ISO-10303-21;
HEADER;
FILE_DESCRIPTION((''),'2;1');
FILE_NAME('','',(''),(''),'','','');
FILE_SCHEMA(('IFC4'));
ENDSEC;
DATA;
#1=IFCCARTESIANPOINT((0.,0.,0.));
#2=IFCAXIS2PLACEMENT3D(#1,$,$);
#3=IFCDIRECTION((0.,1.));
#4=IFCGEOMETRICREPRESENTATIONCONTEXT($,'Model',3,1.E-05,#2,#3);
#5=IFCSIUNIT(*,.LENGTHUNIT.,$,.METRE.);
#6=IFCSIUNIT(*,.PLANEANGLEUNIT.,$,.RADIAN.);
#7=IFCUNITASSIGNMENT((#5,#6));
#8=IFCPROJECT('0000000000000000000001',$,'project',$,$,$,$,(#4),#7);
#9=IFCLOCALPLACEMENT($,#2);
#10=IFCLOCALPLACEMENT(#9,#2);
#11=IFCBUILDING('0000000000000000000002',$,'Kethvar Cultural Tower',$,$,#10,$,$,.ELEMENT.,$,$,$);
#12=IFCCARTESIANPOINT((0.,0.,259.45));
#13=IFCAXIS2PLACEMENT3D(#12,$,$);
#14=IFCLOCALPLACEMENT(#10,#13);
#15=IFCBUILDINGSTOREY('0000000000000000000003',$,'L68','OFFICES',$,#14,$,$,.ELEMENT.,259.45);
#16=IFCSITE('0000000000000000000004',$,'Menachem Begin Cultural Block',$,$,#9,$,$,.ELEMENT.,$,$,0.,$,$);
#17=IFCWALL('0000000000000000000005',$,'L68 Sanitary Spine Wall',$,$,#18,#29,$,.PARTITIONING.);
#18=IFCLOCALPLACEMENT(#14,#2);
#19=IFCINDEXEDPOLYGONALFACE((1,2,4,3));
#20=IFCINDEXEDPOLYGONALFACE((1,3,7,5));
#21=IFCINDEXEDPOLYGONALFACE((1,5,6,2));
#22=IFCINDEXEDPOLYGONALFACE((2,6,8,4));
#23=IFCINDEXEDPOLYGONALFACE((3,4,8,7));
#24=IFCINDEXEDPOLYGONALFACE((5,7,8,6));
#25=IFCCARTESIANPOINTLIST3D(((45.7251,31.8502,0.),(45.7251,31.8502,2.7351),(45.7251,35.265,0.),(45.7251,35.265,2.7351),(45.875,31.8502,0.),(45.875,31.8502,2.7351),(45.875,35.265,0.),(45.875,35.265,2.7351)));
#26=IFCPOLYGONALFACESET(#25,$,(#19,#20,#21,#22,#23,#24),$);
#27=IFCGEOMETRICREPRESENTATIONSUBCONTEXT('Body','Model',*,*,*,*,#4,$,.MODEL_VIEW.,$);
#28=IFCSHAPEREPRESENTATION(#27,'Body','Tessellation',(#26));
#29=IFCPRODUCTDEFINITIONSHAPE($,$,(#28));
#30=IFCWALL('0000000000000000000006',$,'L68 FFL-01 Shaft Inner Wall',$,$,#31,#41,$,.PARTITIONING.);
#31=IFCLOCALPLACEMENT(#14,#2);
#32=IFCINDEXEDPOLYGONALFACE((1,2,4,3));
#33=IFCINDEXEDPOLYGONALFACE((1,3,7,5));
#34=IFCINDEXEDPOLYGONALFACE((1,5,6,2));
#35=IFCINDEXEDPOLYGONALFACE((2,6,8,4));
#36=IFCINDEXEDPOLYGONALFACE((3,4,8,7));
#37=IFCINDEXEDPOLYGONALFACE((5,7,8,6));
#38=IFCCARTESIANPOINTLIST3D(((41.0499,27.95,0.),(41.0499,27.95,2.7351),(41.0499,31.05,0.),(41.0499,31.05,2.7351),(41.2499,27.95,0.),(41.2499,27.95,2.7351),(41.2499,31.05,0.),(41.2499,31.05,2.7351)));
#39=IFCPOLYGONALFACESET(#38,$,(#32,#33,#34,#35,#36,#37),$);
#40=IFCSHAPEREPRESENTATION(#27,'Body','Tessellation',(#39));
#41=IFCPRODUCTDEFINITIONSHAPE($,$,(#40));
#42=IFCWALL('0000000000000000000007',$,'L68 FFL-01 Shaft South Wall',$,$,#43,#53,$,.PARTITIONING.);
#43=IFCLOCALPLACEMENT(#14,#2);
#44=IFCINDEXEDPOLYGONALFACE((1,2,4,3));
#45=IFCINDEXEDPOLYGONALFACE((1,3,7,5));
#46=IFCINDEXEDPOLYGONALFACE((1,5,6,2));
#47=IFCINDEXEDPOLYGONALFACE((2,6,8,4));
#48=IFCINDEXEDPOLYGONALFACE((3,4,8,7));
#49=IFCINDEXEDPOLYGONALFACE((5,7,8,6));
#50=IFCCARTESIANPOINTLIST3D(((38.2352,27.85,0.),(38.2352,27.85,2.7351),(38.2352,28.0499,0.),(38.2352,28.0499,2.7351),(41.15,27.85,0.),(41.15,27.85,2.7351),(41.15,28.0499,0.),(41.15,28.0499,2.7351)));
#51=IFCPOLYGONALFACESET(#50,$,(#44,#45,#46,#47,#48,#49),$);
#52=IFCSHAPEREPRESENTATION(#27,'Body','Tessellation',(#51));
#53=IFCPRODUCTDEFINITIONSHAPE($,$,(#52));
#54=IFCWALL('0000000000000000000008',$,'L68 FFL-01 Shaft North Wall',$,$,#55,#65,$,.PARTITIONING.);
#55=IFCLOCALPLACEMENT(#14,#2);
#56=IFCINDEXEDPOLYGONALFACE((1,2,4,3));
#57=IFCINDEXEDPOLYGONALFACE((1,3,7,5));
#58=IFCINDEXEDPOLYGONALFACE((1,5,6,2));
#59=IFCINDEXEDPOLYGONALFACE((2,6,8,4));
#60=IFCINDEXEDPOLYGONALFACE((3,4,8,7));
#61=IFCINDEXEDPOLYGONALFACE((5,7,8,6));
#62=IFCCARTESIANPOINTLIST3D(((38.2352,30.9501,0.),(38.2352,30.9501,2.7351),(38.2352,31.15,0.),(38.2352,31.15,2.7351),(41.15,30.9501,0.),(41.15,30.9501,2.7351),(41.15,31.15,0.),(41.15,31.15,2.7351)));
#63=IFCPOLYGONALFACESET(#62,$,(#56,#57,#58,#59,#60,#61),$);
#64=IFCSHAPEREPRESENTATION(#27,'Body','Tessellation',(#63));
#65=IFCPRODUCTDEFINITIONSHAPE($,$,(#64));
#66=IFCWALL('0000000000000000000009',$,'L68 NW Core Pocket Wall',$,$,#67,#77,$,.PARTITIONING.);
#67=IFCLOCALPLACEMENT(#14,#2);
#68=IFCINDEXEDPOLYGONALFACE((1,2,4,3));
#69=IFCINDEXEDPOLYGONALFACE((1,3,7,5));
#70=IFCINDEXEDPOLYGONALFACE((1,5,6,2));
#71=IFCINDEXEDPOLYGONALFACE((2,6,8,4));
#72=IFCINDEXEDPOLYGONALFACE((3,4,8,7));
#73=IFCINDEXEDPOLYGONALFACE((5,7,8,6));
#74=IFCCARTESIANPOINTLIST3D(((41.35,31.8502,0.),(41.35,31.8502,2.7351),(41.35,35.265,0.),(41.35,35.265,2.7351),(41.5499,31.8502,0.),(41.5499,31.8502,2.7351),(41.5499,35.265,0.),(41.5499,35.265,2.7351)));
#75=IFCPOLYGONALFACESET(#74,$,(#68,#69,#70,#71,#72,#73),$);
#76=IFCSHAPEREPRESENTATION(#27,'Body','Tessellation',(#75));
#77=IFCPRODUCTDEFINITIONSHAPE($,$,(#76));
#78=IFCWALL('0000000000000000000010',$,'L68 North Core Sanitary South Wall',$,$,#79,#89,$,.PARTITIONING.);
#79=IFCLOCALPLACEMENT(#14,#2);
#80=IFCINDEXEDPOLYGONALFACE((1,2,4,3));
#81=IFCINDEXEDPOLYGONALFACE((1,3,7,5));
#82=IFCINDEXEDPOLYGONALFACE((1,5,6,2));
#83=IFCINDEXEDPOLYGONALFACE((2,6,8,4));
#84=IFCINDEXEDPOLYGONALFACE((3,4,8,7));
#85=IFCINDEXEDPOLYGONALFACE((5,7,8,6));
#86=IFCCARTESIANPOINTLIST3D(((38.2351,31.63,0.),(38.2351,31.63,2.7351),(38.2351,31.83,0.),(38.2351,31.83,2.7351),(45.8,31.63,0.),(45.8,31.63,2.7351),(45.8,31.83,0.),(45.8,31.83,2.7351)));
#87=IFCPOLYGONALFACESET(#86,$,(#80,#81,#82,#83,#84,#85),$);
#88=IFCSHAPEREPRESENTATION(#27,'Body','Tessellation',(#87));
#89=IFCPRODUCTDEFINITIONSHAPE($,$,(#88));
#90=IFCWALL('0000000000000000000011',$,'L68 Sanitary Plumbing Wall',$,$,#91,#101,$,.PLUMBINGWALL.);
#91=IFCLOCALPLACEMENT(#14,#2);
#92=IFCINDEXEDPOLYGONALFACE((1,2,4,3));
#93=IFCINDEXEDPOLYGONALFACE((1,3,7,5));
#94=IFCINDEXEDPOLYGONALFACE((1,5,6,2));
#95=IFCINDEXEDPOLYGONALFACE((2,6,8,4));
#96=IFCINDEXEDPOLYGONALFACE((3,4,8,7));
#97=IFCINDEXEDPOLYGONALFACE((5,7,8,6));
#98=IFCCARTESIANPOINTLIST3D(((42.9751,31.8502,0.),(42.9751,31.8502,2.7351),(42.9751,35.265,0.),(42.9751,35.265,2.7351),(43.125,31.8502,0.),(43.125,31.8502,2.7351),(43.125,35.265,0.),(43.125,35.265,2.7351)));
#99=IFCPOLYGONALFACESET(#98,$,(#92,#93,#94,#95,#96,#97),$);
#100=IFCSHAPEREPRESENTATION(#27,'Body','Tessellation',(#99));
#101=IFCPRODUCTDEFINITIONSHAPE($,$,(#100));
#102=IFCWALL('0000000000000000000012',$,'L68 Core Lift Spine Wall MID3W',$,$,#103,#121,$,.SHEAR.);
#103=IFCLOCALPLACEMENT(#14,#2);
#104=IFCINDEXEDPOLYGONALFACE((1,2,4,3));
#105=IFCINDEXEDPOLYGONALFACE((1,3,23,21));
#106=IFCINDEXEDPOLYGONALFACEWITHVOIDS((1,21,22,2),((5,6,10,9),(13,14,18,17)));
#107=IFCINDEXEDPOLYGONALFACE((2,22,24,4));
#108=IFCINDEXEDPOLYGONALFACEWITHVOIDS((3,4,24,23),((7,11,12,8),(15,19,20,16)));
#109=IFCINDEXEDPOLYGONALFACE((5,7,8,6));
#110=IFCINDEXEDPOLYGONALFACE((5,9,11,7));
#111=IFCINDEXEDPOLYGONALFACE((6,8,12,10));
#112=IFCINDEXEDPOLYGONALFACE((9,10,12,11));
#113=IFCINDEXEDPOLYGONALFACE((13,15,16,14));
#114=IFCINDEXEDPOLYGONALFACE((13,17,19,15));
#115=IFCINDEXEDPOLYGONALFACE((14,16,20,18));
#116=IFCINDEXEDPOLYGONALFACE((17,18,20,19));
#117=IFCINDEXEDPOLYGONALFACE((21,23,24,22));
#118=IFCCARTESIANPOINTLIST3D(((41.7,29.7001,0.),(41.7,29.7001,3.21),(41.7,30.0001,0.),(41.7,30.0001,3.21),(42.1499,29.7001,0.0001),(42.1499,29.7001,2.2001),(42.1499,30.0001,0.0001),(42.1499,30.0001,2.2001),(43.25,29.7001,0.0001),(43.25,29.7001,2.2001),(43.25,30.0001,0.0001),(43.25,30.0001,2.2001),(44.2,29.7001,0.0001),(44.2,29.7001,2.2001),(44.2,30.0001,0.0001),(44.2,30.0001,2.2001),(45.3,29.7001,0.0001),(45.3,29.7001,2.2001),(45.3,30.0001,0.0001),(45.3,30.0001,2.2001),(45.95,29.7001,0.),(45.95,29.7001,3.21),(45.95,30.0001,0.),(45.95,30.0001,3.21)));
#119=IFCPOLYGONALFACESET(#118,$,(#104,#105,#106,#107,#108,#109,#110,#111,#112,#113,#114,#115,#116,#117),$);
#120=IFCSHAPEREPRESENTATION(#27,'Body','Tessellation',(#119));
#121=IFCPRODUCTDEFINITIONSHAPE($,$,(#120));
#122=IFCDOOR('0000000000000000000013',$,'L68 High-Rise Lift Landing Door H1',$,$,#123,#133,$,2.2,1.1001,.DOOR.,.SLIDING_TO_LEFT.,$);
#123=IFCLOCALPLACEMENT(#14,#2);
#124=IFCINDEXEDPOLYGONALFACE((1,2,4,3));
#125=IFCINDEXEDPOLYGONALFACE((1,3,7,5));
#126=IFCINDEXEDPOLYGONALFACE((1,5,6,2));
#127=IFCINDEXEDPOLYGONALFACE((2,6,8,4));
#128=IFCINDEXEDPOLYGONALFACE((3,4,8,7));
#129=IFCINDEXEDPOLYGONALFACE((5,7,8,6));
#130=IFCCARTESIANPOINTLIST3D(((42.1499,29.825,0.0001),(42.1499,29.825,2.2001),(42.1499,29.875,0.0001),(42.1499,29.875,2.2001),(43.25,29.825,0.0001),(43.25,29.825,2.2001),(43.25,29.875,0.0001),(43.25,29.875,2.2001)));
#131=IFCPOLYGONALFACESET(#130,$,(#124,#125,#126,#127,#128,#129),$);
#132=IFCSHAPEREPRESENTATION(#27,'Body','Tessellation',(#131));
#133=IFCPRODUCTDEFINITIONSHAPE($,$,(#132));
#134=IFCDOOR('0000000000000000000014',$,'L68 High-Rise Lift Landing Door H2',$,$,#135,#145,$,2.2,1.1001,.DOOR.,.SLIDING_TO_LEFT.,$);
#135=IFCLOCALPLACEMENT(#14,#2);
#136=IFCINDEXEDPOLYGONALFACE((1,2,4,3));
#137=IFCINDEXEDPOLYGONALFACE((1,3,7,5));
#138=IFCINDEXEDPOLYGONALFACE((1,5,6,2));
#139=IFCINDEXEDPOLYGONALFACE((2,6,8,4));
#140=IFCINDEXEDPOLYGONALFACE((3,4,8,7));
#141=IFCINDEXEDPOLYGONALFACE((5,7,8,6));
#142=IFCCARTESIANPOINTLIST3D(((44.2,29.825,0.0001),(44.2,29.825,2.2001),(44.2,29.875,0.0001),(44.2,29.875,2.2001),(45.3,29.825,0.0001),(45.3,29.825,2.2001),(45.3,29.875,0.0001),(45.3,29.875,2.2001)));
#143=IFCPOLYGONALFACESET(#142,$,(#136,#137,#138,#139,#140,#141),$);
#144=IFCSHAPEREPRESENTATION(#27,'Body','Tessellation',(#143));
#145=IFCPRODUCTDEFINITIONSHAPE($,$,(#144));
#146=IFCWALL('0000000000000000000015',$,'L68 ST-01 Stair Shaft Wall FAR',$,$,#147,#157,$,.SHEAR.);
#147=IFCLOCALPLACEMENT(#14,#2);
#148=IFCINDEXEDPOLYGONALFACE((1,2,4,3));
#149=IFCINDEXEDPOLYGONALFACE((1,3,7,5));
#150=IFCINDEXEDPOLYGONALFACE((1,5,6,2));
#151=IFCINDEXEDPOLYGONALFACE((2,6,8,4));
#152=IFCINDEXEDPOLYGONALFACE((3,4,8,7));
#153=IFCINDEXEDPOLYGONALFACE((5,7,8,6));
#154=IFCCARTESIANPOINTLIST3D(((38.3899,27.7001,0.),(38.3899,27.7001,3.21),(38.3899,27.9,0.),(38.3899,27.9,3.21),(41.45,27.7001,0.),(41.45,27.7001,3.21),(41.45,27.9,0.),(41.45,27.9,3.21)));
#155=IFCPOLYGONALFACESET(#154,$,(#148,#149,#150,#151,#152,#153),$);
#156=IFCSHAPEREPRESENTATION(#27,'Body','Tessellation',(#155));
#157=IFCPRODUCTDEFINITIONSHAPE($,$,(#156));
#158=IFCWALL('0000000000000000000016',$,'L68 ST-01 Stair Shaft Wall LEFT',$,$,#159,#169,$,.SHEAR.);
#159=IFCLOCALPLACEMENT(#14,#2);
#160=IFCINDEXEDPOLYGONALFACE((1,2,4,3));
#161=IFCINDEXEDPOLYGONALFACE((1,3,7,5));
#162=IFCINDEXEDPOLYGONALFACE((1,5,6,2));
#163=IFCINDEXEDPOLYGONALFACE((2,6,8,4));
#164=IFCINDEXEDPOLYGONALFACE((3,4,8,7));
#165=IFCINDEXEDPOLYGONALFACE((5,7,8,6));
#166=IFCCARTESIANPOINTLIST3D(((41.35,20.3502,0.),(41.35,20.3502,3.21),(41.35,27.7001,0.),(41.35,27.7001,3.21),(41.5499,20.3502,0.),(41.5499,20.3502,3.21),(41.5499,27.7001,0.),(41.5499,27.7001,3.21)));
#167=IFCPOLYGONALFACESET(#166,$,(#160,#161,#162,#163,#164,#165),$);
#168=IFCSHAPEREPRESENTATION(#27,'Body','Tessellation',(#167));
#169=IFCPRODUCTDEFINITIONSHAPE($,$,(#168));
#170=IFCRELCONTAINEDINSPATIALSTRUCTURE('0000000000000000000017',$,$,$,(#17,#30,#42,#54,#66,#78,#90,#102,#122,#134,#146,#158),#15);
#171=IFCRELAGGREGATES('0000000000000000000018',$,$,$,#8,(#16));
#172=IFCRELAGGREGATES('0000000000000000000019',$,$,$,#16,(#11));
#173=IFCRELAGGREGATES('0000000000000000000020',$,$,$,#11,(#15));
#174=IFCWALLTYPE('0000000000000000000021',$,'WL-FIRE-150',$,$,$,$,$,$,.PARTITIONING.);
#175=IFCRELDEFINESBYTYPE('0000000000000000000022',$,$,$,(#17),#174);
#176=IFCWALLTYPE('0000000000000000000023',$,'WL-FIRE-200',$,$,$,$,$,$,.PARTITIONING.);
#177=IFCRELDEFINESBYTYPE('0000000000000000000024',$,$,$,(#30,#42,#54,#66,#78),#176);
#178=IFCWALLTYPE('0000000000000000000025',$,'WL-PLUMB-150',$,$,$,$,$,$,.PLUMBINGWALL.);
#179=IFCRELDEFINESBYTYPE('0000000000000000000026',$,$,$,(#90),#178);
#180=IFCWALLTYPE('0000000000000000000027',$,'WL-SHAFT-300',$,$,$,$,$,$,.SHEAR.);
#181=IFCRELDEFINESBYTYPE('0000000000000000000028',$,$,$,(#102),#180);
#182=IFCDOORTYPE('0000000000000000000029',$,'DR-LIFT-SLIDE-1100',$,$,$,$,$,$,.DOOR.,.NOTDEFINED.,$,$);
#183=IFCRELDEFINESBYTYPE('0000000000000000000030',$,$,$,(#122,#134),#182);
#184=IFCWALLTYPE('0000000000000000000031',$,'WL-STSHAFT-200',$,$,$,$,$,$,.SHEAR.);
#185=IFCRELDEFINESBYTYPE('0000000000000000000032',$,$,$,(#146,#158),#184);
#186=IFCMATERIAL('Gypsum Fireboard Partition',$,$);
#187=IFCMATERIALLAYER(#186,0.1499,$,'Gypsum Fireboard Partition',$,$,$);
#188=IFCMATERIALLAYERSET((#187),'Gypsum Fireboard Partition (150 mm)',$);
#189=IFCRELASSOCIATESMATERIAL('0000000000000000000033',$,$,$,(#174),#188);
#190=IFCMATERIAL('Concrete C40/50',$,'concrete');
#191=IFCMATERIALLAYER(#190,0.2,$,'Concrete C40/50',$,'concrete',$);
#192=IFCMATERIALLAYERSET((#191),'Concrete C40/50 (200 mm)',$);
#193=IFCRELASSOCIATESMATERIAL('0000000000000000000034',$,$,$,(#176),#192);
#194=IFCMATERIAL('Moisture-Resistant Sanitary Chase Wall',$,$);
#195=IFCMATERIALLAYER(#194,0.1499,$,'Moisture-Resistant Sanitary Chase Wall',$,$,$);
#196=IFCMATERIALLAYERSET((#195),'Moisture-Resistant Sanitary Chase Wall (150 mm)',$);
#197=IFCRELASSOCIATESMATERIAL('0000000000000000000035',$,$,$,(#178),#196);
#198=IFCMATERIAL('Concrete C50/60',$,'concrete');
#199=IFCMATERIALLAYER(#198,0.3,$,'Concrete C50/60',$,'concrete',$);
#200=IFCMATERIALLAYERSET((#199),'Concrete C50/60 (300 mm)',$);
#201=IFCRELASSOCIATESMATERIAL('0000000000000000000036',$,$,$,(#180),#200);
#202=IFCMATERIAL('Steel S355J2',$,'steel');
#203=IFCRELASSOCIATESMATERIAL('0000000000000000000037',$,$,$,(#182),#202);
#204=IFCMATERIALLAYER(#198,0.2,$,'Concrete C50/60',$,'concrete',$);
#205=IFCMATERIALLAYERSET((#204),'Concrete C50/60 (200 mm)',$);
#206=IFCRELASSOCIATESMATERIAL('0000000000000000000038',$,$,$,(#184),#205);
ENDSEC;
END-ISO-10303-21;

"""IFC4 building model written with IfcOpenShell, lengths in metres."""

from ifc_helpers import new_model, si_unit, direction, frame, frame_2d, origin, place, context, subcontext, project, spatial, rectangle, extrude, source, transform, mapped, material, layer, layer_set, type_object, element, fill, save


model = new_model("IFC4")

# Units and contexts
model_context = context("Model", 3, precision=1e-05, world=origin(), true_north=direction((0.0, 1.0)))
body_context = subcontext(model_context, "Body", "Model", "MODEL_VIEW")
ifc_project = project(units=[si_unit("LENGTHUNIT", "METRE"), si_unit("PLANEANGLEUNIT", "RADIAN")], contexts=[model_context])

# Site, building, storey
site_placement = place(None, origin())
site = spatial("IfcSite", under=ifc_project, at=site_placement, Name="Menachem Begin Cultural Block", CompositionType="ELEMENT", RefElevation=0.0)
building_placement = place(site_placement, origin())
building = spatial("IfcBuilding", under=site, at=building_placement, Name="Kethvar Cultural Tower", CompositionType="ELEMENT")
storey_placement = place(building_placement, frame((0.0, 0.0, 259.45)))
storey = spatial("IfcBuildingStorey", under=building, at=storey_placement, Name="L68", Description="OFFICES", CompositionType="ELEMENT", Elevation=259.45)

# Shared definitions
ifc_material_1 = material(Name="Steel S355J2", Category="steel")

# Walls
ifc_material_2 = material(Name="Gypsum Fireboard Partition")
ifc_layer_1 = layer(ifc_material_2, 0.1499, Name="Gypsum Fireboard Partition")
ifc_layer_set_1 = layer_set([ifc_layer_1], Name="Gypsum Fireboard Partition (150 mm)")
wall_type_1 = type_object("IfcWallType", Name="WL-FIRE-150", PredefinedType="PARTITIONING", material=ifc_layer_set_1)
wall_1_placement = place(storey_placement, frame((45.8, 31.8501, 0.0), z_axis=(0.0, 0.0, 1.0), x_axis=(0.0, 1.0, 0.0)))
element("IfcWall", 1, at=wall_1_placement, inside=storey, type_object=wall_type_1, Name="L68 Sanitary Spine Wall", PredefinedType="PARTITIONING", context=body_context, shape_type="SweptSolid", body=[
    extrude(rectangle(XDim=3.4148, YDim=0.1499, at=frame_2d((1.7075, 0.0))), origin(), (0.0, 0.0, 1.0), 2.7351),
])
ifc_material_3 = material(Name="Concrete C40/50", Category="concrete")
ifc_layer_2 = layer(ifc_material_3, 0.2, Name="Concrete C40/50", Category="concrete")
ifc_layer_set_2 = layer_set([ifc_layer_2], Name="Concrete C40/50 (200 mm)")
wall_type_2 = type_object("IfcWallType", Name="WL-FIRE-200", PredefinedType="PARTITIONING", material=ifc_layer_set_2)
wall_2_placement = place(storey_placement, frame((41.1499, 27.95, 0.0), z_axis=(0.0, 0.0, 1.0), x_axis=(0.0, 1.0, 0.0)))
element("IfcWall", 2, at=wall_2_placement, inside=storey, type_object=wall_type_2, Name="L68 FFL-01 Shaft Inner Wall", PredefinedType="PARTITIONING", context=body_context, shape_type="SweptSolid", body=[
    extrude(rectangle(XDim=3.1001, YDim=0.2, at=frame_2d((1.55, 0.0))), origin(), (0.0, 0.0, 1.0), 2.7351),
])
for number, where, z_axis, x_axis, name in (
    (3, (38.2351, 27.95, 0.0), (0.0, 0.0, 1.0), (1.0, 0.0, 0.0), "L68 FFL-01 Shaft South Wall"),
    (4, (38.2351, 31.05, 0.0), (0.0, 0.0, 1.0), (1.0, 0.0, 0.0), "L68 FFL-01 Shaft North Wall"),
):
    element("IfcWall", number, at=place(storey_placement, frame(where, z_axis=z_axis, x_axis=x_axis)), inside=storey, type_object=wall_type_2, Name=name, PredefinedType="PARTITIONING", context=body_context, shape_type="SweptSolid", body=[
        extrude(rectangle(XDim=2.9148, YDim=0.2, at=frame_2d((1.4575, 0.0))), origin(), (0.0, 0.0, 1.0), 2.7351),
    ])
wall_3_placement = place(storey_placement, frame((41.45, 31.8501, 0.0), z_axis=(0.0, 0.0, 1.0), x_axis=(0.0, 1.0, 0.0)))
element("IfcWall", 5, at=wall_3_placement, inside=storey, type_object=wall_type_2, Name="L68 NW Core Pocket Wall", PredefinedType="PARTITIONING", context=body_context, shape_type="SweptSolid", body=[
    extrude(rectangle(XDim=3.4148, YDim=0.2, at=frame_2d((1.7075, 0.0))), origin(), (0.0, 0.0, 1.0), 2.7351),
])
wall_4_placement = place(storey_placement, frame((38.2351, 31.73, 0.0), z_axis=(0.0, 0.0, 1.0), x_axis=(1.0, 0.0, 0.0)))
element("IfcWall", 6, at=wall_4_placement, inside=storey, type_object=wall_type_2, Name="L68 North Core Sanitary South Wall", PredefinedType="PARTITIONING", context=body_context, shape_type="SweptSolid", body=[
    extrude(rectangle(XDim=7.5649, YDim=0.2, at=frame_2d((3.7825, 0.0))), origin(), (0.0, 0.0, 1.0), 2.7351),
])
ifc_material_4 = material(Name="Moisture-Resistant Sanitary Chase Wall")
ifc_layer_3 = layer(ifc_material_4, 0.1499, Name="Moisture-Resistant Sanitary Chase Wall")
ifc_layer_set_3 = layer_set([ifc_layer_3], Name="Moisture-Resistant Sanitary Chase Wall (150 mm)")
wall_type_3 = type_object("IfcWallType", Name="WL-PLUMB-150", PredefinedType="PLUMBINGWALL", material=ifc_layer_set_3)
wall_5_placement = place(storey_placement, frame((43.05, 31.8501, 0.0), z_axis=(0.0, 0.0, 1.0), x_axis=(0.0, 1.0, 0.0)))
element("IfcWall", 7, at=wall_5_placement, inside=storey, type_object=wall_type_3, Name="L68 Sanitary Plumbing Wall", PredefinedType="PLUMBINGWALL", context=body_context, shape_type="SweptSolid", body=[
    extrude(rectangle(XDim=3.4148, YDim=0.1499, at=frame_2d((1.7075, 0.0))), origin(), (0.0, 0.0, 1.0), 2.7351),
])

# Shared definitions
ifc_material_5 = material(Name="Concrete C50/60", Category="concrete")
ifc_layer_4 = layer(ifc_material_5, 0.3, Name="Concrete C50/60", Category="concrete")
ifc_layer_set_4 = layer_set([ifc_layer_4], Name="Concrete C50/60 (300 mm)")
wall_type_4 = type_object("IfcWallType", Name="WL-SHAFT-300", PredefinedType="SHEAR", material=ifc_layer_set_4)

# Wall, openings, doors
wall_6_placement = place(storey_placement, frame((41.7, 29.8501, 0.0), z_axis=(0.0, 0.0, 1.0), x_axis=(1.0, 0.0, 0.0)))
wall_6 = element("IfcWall", 8, at=wall_6_placement, inside=storey, type_object=wall_type_4, Name="L68 Core Lift Spine Wall MID3W", PredefinedType="SHEAR", context=body_context, shape_type="SweptSolid", body=[
    extrude(rectangle(XDim=4.25, YDim=0.3, at=frame_2d((2.125, 0.0))), origin(), (0.0, 0.0, 1.0), 3.21),
])
opening_1_placement = place(wall_6_placement, frame((0.45, 0.0, 0.0)))
opening_1 = element("IfcOpeningElement", 9, at=opening_1_placement, cuts=wall_6, PredefinedType="OPENING", context=body_context, shape_type="SweptSolid", body=[
    extrude(rectangle(XDim=1.1001, YDim=2.2, at=frame_2d((0.55, 1.1001))), frame((0.0, 0.1599, 0.0), z_axis=(0.0, -1.0, 0.0), x_axis=(1.0, 0.0, 0.0)), (0.0, 0.0, 1.0), 0.3201),
])
opening_2_placement = place(wall_6_placement, frame((2.5, 0.0, 0.0)))
opening_2 = element("IfcOpeningElement", 10, at=opening_2_placement, cuts=wall_6, PredefinedType="OPENING", context=body_context, shape_type="SweptSolid", body=[
    extrude(rectangle(XDim=1.1001, YDim=2.2, at=frame_2d((0.55, 1.1001))), frame((0.0, 0.1599, 0.0), z_axis=(0.0, -1.0, 0.0), x_axis=(1.0, 0.0, 0.0)), (0.0, 0.0, 1.0), 0.3201),
])
door_type_1 = type_object("IfcDoorType", Name="DR-LIFT-SLIDE-1100", OperationType="NOTDEFINED", PredefinedType="DOOR", material=ifc_material_1)
shared_shape_1 = source(origin(), body_context, "Body", "SweptSolid", [
    extrude(rectangle(XDim=1.1001, YDim=2.2, at=frame_2d((0.55, 1.1001))), frame((0.0, 0.0249, 0.0), z_axis=(0.0, -1.0, 0.0), x_axis=(1.0, 0.0, 0.0)), (0.0, 0.0, 1.0), 0.05),
])
door_1_placement = place(opening_1_placement, origin())
door_1 = element("IfcDoor", 11, at=door_1_placement, inside=storey, type_object=door_type_1, Name="L68 High-Rise Lift Landing Door H1", OperationType="SLIDING_TO_LEFT", OverallHeight=2.2, OverallWidth=1.1001, PredefinedType="DOOR", context=body_context, shape_type="MappedRepresentation", body=[
    mapped(shared_shape_1, transform((0.0, 0.0, 0.0), scale=1.0)),
])
fill(opening_1, door_1)
door_2_placement = place(opening_2_placement, origin())
door_2 = element("IfcDoor", 12, at=door_2_placement, inside=storey, type_object=door_type_1, Name="L68 High-Rise Lift Landing Door H2", OperationType="SLIDING_TO_LEFT", OverallHeight=2.2, OverallWidth=1.1001, PredefinedType="DOOR", context=body_context, shape_type="MappedRepresentation", body=[
    mapped(shared_shape_1, transform((0.0, 0.0, 0.0), scale=1.0)),
])
fill(opening_2, door_2)

# Walls
ifc_layer_5 = layer(ifc_material_5, 0.2, Name="Concrete C50/60", Category="concrete")
ifc_layer_set_5 = layer_set([ifc_layer_5], Name="Concrete C50/60 (200 mm)")
wall_type_5 = type_object("IfcWallType", Name="WL-STSHAFT-200", PredefinedType="SHEAR", material=ifc_layer_set_5)
wall_7_placement = place(storey_placement, frame((38.3899, 27.8, 0.0), z_axis=(0.0, 0.0, 1.0), x_axis=(1.0, 0.0, 0.0)))
element("IfcWall", 13, at=wall_7_placement, inside=storey, type_object=wall_type_5, Name="L68 ST-01 Stair Shaft Wall FAR", PredefinedType="SHEAR", context=body_context, shape_type="SweptSolid", body=[
    extrude(rectangle(XDim=3.0601, YDim=0.2, at=frame_2d((1.53, 0.0))), origin(), (0.0, 0.0, 1.0), 3.21),
])
wall_8_placement = place(storey_placement, frame((41.45, 27.7, 0.0), z_axis=(0.0, 0.0, 1.0), x_axis=(0.0, -1.0, 0.0)))
element("IfcWall", 14, at=wall_8_placement, inside=storey, type_object=wall_type_5, Name="L68 ST-01 Stair Shaft Wall LEFT", PredefinedType="SHEAR", context=body_context, shape_type="SweptSolid", body=[
    extrude(rectangle(XDim=7.3499, YDim=0.2, at=frame_2d((3.6748, 0.0))), origin(), (0.0, 0.0, 1.0), 3.21),
])

save(model, "model.ifc")
